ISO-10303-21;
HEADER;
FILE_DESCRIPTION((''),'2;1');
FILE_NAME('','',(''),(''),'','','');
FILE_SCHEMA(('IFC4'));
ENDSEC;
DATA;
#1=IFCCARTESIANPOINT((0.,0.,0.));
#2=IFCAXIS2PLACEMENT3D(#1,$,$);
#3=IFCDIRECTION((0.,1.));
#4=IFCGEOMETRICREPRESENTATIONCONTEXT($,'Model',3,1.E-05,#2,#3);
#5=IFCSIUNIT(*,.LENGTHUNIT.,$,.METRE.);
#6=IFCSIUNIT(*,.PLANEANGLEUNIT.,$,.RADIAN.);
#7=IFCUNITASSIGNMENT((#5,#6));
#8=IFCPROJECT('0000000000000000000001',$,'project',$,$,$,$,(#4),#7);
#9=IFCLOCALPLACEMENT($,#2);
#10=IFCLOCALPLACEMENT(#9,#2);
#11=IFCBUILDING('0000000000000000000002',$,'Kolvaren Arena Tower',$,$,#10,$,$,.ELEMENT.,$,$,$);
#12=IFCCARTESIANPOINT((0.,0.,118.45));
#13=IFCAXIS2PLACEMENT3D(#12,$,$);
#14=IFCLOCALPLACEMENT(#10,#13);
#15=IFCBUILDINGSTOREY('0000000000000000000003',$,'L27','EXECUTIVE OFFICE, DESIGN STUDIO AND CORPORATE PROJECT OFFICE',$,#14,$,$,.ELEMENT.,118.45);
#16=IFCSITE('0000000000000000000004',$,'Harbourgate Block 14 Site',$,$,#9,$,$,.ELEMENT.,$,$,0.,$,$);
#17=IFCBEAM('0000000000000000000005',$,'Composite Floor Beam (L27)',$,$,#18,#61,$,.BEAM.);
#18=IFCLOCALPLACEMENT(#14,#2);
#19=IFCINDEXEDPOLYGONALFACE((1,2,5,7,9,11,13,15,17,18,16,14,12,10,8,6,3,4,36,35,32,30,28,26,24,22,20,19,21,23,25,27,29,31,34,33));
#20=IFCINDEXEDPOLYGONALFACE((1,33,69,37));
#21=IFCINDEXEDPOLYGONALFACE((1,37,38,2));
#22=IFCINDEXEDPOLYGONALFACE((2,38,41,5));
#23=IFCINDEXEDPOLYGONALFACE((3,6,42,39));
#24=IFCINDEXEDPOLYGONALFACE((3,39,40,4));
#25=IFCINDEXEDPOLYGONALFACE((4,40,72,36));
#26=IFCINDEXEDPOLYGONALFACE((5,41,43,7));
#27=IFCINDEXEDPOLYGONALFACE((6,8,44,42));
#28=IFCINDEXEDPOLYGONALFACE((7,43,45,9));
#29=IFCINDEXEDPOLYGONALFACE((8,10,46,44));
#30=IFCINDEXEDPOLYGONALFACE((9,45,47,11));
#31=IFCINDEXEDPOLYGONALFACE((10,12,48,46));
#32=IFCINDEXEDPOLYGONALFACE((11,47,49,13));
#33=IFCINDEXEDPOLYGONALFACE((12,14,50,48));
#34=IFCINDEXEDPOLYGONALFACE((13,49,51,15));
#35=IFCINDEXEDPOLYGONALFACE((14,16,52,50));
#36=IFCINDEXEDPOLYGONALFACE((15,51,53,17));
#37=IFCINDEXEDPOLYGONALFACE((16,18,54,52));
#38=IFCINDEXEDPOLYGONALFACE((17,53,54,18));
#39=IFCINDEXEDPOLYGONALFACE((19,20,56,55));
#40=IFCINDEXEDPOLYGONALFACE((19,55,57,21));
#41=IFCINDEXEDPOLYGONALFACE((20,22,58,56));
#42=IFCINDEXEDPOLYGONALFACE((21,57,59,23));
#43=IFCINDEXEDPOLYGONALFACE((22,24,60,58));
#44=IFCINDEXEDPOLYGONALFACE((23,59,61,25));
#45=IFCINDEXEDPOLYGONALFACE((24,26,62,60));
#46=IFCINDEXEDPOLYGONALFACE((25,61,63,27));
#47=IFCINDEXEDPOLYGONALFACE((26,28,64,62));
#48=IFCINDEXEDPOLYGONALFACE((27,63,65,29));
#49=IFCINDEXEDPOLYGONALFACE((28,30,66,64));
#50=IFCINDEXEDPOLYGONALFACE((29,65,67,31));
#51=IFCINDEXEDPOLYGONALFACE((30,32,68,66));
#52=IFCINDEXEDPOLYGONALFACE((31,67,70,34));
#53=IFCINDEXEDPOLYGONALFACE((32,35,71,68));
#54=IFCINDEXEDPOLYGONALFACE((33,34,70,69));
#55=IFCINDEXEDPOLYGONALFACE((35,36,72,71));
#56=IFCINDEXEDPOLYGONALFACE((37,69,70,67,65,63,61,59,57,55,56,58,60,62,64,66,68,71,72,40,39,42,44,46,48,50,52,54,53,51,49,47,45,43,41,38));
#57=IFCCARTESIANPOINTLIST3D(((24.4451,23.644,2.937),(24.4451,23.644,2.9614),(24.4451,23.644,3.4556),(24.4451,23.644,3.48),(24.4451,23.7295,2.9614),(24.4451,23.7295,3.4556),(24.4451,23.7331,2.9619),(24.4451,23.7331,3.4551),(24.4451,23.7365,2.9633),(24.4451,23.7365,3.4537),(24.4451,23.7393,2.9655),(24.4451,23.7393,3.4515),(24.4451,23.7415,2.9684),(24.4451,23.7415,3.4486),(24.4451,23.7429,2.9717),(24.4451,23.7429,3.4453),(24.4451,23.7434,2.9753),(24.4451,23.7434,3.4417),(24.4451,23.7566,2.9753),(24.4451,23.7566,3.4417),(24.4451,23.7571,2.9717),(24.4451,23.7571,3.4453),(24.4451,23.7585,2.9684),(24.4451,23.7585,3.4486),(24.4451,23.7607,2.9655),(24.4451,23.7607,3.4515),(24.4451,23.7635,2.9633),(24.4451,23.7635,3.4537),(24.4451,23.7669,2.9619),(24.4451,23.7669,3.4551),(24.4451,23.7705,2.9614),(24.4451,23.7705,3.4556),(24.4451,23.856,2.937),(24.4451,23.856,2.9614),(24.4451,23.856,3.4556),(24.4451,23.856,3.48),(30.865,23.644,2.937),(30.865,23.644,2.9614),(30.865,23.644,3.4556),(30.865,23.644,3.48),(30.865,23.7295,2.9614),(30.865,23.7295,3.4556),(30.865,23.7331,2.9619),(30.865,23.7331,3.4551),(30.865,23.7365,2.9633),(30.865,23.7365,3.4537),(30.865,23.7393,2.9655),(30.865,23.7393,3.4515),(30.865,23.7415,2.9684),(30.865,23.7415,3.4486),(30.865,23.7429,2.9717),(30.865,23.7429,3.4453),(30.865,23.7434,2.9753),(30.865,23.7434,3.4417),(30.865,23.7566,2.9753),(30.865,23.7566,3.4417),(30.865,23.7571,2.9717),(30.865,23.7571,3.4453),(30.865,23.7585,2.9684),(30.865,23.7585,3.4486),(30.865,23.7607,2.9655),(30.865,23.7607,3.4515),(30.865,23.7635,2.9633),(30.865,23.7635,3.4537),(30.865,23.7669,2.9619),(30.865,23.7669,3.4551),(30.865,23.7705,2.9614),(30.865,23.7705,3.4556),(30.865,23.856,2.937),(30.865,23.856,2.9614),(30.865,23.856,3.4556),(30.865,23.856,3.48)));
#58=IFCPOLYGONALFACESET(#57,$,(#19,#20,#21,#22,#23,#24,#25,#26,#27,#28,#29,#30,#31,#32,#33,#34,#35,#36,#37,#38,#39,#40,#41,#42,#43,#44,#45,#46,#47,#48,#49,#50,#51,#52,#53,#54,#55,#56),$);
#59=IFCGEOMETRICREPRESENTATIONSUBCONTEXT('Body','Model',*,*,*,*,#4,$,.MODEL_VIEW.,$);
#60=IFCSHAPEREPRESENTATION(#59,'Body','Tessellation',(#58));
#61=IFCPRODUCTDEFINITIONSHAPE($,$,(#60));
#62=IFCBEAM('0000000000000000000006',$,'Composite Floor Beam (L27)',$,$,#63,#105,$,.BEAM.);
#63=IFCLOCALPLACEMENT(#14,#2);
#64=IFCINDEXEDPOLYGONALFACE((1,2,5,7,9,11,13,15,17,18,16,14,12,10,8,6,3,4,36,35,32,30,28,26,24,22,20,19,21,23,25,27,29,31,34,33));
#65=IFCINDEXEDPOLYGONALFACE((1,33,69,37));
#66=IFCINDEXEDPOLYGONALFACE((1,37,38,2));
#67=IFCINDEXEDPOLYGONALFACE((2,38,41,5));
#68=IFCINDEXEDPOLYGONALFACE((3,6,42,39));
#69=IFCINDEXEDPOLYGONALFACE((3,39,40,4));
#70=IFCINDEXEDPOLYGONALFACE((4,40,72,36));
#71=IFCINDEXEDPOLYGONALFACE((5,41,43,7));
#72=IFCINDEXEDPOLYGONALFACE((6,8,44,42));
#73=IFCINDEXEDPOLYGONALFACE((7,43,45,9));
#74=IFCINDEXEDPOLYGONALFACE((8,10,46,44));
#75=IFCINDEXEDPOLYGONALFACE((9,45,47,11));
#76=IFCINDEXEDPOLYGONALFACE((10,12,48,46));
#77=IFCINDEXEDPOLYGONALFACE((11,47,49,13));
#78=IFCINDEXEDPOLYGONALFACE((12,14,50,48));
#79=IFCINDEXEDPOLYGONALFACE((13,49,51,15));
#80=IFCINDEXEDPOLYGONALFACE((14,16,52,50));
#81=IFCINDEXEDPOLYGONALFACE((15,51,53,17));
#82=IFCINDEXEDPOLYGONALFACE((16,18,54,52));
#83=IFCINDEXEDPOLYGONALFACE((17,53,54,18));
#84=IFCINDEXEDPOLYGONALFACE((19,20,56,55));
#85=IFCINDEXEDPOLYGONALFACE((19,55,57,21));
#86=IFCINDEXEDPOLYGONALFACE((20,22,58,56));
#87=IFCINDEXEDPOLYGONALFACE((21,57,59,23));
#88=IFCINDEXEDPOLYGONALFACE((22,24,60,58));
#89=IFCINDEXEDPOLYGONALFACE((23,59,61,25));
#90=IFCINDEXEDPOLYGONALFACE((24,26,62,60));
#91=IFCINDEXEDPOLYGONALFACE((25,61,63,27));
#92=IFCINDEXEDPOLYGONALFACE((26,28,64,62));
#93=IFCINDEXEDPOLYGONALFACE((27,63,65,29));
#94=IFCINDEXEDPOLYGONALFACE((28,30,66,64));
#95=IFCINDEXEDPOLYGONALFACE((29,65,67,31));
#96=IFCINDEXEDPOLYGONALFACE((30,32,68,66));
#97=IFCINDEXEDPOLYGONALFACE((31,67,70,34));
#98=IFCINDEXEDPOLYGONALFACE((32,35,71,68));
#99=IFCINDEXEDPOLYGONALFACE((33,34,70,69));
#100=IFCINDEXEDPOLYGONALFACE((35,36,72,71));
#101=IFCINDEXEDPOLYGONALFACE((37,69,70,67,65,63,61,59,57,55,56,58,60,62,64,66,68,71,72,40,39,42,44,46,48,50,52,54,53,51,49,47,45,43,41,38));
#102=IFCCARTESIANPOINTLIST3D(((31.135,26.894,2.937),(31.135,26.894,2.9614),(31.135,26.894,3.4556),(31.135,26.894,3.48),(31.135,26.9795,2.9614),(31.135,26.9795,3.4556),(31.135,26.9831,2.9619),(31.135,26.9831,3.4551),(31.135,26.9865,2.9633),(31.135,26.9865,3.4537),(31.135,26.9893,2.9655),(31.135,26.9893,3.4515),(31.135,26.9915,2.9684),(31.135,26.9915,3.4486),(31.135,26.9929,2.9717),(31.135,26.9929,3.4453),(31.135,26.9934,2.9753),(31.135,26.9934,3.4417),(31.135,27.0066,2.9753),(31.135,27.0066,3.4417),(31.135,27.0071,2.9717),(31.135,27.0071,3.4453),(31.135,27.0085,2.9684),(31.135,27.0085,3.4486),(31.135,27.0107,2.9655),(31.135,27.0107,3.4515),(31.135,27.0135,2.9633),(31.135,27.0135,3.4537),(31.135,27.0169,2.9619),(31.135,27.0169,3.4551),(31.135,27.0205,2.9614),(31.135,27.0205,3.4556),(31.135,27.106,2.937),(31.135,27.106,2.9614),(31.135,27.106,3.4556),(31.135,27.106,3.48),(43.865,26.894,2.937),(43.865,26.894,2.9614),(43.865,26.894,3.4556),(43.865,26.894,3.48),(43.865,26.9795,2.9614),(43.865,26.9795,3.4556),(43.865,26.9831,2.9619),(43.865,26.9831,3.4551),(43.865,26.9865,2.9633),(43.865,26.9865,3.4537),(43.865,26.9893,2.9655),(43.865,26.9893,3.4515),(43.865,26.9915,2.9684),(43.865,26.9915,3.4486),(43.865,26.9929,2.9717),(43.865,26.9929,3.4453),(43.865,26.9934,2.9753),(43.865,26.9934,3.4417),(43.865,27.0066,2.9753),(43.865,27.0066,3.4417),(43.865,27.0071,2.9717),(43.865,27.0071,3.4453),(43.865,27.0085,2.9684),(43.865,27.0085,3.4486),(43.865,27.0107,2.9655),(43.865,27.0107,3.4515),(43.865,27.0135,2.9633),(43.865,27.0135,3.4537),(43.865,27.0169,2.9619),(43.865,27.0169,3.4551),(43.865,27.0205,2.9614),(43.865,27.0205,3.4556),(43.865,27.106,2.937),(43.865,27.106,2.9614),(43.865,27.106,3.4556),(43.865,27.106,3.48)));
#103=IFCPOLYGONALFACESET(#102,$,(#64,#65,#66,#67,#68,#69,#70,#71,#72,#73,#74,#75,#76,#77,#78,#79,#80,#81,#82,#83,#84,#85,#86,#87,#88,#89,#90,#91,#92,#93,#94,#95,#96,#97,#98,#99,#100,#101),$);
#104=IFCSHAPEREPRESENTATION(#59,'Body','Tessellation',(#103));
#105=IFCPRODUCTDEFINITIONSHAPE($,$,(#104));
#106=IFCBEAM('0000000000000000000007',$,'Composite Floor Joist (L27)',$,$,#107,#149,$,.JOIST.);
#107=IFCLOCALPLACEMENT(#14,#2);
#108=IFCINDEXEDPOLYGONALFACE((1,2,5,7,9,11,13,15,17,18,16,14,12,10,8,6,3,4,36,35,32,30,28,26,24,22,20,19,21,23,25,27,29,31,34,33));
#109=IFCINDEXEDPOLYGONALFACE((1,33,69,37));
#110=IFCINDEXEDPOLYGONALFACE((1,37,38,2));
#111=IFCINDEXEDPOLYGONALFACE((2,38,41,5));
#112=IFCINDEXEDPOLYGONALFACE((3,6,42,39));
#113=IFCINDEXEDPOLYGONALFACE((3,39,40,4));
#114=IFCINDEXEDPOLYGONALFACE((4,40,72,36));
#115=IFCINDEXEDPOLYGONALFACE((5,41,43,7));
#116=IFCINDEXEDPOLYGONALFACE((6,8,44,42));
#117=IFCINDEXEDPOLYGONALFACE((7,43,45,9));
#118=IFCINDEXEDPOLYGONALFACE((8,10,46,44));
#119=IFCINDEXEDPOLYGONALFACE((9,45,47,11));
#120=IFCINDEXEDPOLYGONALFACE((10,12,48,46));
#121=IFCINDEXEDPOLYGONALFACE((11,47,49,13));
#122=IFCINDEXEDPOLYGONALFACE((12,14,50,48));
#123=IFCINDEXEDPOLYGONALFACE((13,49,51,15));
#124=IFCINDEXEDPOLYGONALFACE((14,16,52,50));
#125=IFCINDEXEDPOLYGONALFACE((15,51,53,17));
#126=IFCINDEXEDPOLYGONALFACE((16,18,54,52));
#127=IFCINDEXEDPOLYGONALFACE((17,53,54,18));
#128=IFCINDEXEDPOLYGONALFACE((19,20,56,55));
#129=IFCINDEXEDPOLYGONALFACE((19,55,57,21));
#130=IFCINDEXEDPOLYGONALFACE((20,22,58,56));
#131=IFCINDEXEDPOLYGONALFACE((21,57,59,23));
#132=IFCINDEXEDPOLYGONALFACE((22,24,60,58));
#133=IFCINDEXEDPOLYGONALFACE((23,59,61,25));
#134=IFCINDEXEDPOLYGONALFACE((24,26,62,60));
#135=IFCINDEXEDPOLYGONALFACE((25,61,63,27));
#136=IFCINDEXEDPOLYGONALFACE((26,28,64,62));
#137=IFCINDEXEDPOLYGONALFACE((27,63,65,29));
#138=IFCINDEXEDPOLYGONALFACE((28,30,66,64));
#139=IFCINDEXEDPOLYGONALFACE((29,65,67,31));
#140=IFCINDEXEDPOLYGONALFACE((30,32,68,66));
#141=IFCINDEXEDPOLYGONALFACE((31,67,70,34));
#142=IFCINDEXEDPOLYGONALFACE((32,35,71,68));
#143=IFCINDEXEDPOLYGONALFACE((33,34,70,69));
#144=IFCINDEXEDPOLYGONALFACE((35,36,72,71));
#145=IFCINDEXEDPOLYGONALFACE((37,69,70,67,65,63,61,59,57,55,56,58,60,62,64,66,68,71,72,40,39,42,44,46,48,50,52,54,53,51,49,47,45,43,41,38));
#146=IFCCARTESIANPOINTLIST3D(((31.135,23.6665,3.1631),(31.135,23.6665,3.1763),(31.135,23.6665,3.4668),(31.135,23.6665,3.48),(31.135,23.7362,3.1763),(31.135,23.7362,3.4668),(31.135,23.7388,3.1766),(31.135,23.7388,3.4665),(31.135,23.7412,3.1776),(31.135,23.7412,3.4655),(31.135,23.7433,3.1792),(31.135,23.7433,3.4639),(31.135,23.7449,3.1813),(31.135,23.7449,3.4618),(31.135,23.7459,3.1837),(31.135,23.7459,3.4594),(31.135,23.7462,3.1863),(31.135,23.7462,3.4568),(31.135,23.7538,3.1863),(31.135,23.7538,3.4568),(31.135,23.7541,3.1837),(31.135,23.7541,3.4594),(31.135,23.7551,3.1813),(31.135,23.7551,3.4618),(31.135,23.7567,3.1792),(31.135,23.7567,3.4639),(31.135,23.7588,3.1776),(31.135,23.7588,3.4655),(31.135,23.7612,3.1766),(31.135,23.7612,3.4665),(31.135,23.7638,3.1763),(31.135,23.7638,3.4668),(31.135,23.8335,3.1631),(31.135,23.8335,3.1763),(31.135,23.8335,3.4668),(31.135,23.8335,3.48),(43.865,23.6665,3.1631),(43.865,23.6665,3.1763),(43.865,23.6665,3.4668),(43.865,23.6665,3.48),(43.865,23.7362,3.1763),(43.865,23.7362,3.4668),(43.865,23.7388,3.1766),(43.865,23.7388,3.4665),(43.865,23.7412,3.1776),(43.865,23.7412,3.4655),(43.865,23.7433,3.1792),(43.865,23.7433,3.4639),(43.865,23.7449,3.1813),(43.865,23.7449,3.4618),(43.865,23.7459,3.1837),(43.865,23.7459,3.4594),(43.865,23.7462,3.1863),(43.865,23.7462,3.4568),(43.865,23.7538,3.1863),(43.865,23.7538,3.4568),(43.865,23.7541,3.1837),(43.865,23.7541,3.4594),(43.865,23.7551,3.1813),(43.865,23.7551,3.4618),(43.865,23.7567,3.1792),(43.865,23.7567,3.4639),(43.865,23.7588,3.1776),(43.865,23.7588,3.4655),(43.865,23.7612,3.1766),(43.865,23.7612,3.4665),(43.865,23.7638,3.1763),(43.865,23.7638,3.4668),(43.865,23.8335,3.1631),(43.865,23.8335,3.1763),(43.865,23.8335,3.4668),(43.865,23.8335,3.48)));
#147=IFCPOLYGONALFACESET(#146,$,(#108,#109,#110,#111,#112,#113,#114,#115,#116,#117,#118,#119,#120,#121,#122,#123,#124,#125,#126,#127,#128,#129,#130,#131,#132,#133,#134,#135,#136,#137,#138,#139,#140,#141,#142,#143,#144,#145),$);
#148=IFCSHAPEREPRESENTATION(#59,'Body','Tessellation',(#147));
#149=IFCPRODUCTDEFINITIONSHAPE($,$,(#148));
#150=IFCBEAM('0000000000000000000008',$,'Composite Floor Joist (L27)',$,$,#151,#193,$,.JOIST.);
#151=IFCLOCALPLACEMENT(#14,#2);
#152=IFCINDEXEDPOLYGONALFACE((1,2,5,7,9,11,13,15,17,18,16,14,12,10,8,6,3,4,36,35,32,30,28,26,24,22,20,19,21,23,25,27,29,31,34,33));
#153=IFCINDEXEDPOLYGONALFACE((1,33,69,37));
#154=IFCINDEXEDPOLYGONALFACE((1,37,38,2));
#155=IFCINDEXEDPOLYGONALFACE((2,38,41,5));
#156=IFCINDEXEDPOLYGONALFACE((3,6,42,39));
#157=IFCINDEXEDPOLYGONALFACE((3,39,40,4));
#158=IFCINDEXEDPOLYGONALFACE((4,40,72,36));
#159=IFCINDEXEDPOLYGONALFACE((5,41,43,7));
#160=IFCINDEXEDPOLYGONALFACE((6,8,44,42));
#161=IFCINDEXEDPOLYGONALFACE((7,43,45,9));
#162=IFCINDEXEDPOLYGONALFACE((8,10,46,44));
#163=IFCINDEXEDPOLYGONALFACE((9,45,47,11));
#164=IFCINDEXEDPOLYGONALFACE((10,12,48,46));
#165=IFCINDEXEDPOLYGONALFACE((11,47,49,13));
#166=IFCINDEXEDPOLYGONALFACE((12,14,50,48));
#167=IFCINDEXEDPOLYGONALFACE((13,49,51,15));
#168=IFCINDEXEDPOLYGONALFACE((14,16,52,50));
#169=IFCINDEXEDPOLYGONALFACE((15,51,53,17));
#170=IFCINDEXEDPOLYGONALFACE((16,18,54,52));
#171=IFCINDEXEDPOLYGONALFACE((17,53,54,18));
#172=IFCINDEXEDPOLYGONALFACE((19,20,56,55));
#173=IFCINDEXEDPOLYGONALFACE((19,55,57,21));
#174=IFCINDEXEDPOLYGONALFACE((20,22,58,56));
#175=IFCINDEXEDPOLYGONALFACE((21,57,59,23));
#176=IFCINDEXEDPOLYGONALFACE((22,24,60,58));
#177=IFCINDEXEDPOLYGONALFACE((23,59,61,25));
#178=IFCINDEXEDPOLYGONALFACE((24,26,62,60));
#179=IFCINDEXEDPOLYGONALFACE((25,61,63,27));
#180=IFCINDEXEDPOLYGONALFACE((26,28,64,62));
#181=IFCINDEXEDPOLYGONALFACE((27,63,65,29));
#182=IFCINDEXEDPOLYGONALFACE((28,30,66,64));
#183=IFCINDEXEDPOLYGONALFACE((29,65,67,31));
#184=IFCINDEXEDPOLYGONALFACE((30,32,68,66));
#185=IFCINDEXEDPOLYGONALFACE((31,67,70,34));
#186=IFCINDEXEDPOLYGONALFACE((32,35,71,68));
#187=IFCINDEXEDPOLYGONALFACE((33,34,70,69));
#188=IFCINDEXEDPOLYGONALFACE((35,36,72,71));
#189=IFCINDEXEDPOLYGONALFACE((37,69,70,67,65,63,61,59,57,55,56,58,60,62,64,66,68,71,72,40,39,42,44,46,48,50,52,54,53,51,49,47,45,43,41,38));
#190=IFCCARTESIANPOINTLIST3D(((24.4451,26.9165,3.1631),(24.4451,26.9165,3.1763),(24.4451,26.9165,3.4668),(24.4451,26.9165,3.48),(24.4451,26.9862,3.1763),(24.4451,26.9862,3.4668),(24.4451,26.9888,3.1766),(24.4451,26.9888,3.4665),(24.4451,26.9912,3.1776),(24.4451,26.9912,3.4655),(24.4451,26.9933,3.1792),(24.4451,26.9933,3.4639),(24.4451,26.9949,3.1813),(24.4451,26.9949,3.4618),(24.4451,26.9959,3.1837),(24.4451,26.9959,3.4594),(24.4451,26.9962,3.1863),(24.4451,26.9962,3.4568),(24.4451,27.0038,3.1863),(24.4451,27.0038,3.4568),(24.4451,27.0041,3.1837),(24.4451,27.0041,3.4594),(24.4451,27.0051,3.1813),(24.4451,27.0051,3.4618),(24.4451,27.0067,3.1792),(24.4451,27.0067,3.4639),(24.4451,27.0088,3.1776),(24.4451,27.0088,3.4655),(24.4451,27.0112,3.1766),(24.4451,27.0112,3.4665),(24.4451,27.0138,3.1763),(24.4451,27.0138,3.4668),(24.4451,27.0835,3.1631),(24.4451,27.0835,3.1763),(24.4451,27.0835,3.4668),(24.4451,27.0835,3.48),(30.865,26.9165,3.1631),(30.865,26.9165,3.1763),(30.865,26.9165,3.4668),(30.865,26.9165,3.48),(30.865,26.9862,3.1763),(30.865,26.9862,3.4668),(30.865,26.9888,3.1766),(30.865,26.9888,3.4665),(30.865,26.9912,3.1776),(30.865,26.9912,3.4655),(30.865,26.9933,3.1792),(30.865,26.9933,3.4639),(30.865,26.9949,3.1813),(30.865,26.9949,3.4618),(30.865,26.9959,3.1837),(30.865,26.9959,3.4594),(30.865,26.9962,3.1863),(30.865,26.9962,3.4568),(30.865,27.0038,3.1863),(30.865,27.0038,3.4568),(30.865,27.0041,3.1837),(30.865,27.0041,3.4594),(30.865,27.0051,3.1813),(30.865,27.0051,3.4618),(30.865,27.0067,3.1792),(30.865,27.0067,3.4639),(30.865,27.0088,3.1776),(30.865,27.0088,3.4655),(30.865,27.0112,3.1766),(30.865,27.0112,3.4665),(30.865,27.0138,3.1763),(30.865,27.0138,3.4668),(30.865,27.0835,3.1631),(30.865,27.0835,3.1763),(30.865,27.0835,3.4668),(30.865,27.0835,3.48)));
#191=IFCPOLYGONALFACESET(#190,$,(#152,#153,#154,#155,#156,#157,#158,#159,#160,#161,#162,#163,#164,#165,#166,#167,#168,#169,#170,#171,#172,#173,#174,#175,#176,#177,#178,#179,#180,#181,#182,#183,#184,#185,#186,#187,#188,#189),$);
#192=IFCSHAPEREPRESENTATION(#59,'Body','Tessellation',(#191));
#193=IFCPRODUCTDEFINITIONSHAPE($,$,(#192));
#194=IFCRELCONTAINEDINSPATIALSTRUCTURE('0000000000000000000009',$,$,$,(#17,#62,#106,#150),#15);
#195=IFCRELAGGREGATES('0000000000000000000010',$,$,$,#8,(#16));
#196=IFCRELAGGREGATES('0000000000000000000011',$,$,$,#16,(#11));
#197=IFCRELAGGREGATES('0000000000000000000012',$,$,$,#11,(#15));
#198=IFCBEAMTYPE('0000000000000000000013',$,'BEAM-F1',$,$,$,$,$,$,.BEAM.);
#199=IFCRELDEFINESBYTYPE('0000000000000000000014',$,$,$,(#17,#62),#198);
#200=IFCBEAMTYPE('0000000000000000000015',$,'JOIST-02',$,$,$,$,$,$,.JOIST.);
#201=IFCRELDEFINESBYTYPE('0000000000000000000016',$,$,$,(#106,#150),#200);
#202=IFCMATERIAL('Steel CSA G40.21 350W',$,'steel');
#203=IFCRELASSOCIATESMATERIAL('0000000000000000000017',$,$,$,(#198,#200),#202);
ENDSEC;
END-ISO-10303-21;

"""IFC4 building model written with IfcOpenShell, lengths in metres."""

from ifc_helpers import new_model, si_unit, direction, frame, origin, origin_2d, place, context, subcontext, project, spatial, i_section, extrude, material, material_profile, profile_set, type_object, element, save


model = new_model("IFC4")

# Units and contexts
model_context = context("Model", 3, precision=1e-05, world=origin(), true_north=direction((0.0, 1.0)))
body_context = subcontext(model_context, "Body", "Model", "MODEL_VIEW")
ifc_project = project(units=[si_unit("LENGTHUNIT", "METRE"), si_unit("PLANEANGLEUNIT", "RADIAN")], contexts=[model_context])

# Site, building, storey
site_placement = place(None, origin())
site = spatial("IfcSite", under=ifc_project, at=site_placement, Name="Harbourgate Block 14 Site", CompositionType="ELEMENT", RefElevation=0.0)
building_placement = place(site_placement, origin())
building = spatial("IfcBuilding", under=site, at=building_placement, Name="Kolvaren Arena Tower", CompositionType="ELEMENT")
storey_placement = place(building_placement, frame((0.0, 0.0, 118.45)))
storey = spatial("IfcBuildingStorey", under=building, at=storey_placement, Name="L27", Description="EXECUTIVE OFFICE, DESIGN STUDIO AND CORPORATE PROJECT OFFICE", CompositionType="ELEMENT", Elevation=118.45)

# Beams
ifc_material_1 = material(Name="Steel CSA G40.21 350W", Category="steel")
ifc_material_profile_1 = material_profile(ifc_material_1, i_section(OverallWidth=0.2119, OverallDepth=0.543, WebThickness=0.0132, FlangeThickness=0.0244, FilletRadius=0.0139, at=origin_2d()), Name="W530x150")
ifc_profile_set_1 = profile_set([ifc_material_profile_1], Name="Steel CSA G40.21 350W")
beam_type_1 = type_object("IfcBeamType", Name="BEAM-F1", PredefinedType="BEAM", material=ifc_profile_set_1)
beam_1_placement = place(storey_placement, frame((24.4451, 23.75, 3.2085), z_axis=(1.0, 0.0, 0.0), x_axis=(0.0, 1.0, 0.0)))
element("IfcBeam", 1, at=beam_1_placement, inside=storey, type_object=beam_type_1, Name="Composite Floor Beam (L27)", PredefinedType="BEAM", context=body_context, shape_type="SweptSolid", body=[
    extrude(i_section(OverallWidth=0.2119, OverallDepth=0.543, WebThickness=0.0132, FlangeThickness=0.0244, FilletRadius=0.0139, at=origin_2d()), origin(), (0.0, 0.0, 1.0), 6.4199),
])
beam_2_placement = place(storey_placement, frame((31.135, 27.0, 3.2085), z_axis=(1.0, 0.0, 0.0), x_axis=(0.0, 1.0, 0.0)))
element("IfcBeam", 2, at=beam_2_placement, inside=storey, type_object=beam_type_1, Name="Composite Floor Beam (L27)", PredefinedType="BEAM", context=body_context, shape_type="SweptSolid", body=[
    extrude(i_section(OverallWidth=0.2119, OverallDepth=0.543, WebThickness=0.0132, FlangeThickness=0.0244, FilletRadius=0.0139, at=origin_2d()), origin(), (0.0, 0.0, 1.0), 12.73),
])
ifc_material_profile_2 = material_profile(ifc_material_1, i_section(OverallWidth=0.167, OverallDepth=0.3169, WebThickness=0.0076, FlangeThickness=0.0132, FilletRadius=0.01, at=origin_2d()), Name="W310x52")
ifc_profile_set_2 = profile_set([ifc_material_profile_2], Name="Steel CSA G40.21 350W")
beam_type_2 = type_object("IfcBeamType", Name="JOIST-02", PredefinedType="JOIST", material=ifc_profile_set_2)
beam_3_placement = place(storey_placement, frame((31.135, 23.75, 3.3215), z_axis=(1.0, 0.0, 0.0), x_axis=(0.0, 1.0, 0.0)))
element("IfcBeam", 3, at=beam_3_placement, inside=storey, type_object=beam_type_2, Name="Composite Floor Joist (L27)", PredefinedType="JOIST", context=body_context, shape_type="SweptSolid", body=[
    extrude(i_section(OverallWidth=0.167, OverallDepth=0.3169, WebThickness=0.0076, FlangeThickness=0.0132, FilletRadius=0.01, at=origin_2d()), origin(), (0.0, 0.0, 1.0), 12.73),
])
for number, where, z_axis, x_axis, name in (
    (4, (24.4451, 27.0, 3.3215), (1.0, 0.0, 0.0), (0.0, 1.0, 0.0), "Composite Floor Joist (L27)"),
):
    element("IfcBeam", number, at=place(storey_placement, frame(where, z_axis=z_axis, x_axis=x_axis)), inside=storey, type_object=beam_type_2, Name=name, PredefinedType="JOIST", context=body_context, shape_type="SweptSolid", body=[
        extrude(i_section(OverallWidth=0.167, OverallDepth=0.3169, WebThickness=0.0076, FlangeThickness=0.0132, FilletRadius=0.01, at=origin_2d()), origin(), (0.0, 0.0, 1.0), 6.4199),
    ])

save(model, "model.ifc")
